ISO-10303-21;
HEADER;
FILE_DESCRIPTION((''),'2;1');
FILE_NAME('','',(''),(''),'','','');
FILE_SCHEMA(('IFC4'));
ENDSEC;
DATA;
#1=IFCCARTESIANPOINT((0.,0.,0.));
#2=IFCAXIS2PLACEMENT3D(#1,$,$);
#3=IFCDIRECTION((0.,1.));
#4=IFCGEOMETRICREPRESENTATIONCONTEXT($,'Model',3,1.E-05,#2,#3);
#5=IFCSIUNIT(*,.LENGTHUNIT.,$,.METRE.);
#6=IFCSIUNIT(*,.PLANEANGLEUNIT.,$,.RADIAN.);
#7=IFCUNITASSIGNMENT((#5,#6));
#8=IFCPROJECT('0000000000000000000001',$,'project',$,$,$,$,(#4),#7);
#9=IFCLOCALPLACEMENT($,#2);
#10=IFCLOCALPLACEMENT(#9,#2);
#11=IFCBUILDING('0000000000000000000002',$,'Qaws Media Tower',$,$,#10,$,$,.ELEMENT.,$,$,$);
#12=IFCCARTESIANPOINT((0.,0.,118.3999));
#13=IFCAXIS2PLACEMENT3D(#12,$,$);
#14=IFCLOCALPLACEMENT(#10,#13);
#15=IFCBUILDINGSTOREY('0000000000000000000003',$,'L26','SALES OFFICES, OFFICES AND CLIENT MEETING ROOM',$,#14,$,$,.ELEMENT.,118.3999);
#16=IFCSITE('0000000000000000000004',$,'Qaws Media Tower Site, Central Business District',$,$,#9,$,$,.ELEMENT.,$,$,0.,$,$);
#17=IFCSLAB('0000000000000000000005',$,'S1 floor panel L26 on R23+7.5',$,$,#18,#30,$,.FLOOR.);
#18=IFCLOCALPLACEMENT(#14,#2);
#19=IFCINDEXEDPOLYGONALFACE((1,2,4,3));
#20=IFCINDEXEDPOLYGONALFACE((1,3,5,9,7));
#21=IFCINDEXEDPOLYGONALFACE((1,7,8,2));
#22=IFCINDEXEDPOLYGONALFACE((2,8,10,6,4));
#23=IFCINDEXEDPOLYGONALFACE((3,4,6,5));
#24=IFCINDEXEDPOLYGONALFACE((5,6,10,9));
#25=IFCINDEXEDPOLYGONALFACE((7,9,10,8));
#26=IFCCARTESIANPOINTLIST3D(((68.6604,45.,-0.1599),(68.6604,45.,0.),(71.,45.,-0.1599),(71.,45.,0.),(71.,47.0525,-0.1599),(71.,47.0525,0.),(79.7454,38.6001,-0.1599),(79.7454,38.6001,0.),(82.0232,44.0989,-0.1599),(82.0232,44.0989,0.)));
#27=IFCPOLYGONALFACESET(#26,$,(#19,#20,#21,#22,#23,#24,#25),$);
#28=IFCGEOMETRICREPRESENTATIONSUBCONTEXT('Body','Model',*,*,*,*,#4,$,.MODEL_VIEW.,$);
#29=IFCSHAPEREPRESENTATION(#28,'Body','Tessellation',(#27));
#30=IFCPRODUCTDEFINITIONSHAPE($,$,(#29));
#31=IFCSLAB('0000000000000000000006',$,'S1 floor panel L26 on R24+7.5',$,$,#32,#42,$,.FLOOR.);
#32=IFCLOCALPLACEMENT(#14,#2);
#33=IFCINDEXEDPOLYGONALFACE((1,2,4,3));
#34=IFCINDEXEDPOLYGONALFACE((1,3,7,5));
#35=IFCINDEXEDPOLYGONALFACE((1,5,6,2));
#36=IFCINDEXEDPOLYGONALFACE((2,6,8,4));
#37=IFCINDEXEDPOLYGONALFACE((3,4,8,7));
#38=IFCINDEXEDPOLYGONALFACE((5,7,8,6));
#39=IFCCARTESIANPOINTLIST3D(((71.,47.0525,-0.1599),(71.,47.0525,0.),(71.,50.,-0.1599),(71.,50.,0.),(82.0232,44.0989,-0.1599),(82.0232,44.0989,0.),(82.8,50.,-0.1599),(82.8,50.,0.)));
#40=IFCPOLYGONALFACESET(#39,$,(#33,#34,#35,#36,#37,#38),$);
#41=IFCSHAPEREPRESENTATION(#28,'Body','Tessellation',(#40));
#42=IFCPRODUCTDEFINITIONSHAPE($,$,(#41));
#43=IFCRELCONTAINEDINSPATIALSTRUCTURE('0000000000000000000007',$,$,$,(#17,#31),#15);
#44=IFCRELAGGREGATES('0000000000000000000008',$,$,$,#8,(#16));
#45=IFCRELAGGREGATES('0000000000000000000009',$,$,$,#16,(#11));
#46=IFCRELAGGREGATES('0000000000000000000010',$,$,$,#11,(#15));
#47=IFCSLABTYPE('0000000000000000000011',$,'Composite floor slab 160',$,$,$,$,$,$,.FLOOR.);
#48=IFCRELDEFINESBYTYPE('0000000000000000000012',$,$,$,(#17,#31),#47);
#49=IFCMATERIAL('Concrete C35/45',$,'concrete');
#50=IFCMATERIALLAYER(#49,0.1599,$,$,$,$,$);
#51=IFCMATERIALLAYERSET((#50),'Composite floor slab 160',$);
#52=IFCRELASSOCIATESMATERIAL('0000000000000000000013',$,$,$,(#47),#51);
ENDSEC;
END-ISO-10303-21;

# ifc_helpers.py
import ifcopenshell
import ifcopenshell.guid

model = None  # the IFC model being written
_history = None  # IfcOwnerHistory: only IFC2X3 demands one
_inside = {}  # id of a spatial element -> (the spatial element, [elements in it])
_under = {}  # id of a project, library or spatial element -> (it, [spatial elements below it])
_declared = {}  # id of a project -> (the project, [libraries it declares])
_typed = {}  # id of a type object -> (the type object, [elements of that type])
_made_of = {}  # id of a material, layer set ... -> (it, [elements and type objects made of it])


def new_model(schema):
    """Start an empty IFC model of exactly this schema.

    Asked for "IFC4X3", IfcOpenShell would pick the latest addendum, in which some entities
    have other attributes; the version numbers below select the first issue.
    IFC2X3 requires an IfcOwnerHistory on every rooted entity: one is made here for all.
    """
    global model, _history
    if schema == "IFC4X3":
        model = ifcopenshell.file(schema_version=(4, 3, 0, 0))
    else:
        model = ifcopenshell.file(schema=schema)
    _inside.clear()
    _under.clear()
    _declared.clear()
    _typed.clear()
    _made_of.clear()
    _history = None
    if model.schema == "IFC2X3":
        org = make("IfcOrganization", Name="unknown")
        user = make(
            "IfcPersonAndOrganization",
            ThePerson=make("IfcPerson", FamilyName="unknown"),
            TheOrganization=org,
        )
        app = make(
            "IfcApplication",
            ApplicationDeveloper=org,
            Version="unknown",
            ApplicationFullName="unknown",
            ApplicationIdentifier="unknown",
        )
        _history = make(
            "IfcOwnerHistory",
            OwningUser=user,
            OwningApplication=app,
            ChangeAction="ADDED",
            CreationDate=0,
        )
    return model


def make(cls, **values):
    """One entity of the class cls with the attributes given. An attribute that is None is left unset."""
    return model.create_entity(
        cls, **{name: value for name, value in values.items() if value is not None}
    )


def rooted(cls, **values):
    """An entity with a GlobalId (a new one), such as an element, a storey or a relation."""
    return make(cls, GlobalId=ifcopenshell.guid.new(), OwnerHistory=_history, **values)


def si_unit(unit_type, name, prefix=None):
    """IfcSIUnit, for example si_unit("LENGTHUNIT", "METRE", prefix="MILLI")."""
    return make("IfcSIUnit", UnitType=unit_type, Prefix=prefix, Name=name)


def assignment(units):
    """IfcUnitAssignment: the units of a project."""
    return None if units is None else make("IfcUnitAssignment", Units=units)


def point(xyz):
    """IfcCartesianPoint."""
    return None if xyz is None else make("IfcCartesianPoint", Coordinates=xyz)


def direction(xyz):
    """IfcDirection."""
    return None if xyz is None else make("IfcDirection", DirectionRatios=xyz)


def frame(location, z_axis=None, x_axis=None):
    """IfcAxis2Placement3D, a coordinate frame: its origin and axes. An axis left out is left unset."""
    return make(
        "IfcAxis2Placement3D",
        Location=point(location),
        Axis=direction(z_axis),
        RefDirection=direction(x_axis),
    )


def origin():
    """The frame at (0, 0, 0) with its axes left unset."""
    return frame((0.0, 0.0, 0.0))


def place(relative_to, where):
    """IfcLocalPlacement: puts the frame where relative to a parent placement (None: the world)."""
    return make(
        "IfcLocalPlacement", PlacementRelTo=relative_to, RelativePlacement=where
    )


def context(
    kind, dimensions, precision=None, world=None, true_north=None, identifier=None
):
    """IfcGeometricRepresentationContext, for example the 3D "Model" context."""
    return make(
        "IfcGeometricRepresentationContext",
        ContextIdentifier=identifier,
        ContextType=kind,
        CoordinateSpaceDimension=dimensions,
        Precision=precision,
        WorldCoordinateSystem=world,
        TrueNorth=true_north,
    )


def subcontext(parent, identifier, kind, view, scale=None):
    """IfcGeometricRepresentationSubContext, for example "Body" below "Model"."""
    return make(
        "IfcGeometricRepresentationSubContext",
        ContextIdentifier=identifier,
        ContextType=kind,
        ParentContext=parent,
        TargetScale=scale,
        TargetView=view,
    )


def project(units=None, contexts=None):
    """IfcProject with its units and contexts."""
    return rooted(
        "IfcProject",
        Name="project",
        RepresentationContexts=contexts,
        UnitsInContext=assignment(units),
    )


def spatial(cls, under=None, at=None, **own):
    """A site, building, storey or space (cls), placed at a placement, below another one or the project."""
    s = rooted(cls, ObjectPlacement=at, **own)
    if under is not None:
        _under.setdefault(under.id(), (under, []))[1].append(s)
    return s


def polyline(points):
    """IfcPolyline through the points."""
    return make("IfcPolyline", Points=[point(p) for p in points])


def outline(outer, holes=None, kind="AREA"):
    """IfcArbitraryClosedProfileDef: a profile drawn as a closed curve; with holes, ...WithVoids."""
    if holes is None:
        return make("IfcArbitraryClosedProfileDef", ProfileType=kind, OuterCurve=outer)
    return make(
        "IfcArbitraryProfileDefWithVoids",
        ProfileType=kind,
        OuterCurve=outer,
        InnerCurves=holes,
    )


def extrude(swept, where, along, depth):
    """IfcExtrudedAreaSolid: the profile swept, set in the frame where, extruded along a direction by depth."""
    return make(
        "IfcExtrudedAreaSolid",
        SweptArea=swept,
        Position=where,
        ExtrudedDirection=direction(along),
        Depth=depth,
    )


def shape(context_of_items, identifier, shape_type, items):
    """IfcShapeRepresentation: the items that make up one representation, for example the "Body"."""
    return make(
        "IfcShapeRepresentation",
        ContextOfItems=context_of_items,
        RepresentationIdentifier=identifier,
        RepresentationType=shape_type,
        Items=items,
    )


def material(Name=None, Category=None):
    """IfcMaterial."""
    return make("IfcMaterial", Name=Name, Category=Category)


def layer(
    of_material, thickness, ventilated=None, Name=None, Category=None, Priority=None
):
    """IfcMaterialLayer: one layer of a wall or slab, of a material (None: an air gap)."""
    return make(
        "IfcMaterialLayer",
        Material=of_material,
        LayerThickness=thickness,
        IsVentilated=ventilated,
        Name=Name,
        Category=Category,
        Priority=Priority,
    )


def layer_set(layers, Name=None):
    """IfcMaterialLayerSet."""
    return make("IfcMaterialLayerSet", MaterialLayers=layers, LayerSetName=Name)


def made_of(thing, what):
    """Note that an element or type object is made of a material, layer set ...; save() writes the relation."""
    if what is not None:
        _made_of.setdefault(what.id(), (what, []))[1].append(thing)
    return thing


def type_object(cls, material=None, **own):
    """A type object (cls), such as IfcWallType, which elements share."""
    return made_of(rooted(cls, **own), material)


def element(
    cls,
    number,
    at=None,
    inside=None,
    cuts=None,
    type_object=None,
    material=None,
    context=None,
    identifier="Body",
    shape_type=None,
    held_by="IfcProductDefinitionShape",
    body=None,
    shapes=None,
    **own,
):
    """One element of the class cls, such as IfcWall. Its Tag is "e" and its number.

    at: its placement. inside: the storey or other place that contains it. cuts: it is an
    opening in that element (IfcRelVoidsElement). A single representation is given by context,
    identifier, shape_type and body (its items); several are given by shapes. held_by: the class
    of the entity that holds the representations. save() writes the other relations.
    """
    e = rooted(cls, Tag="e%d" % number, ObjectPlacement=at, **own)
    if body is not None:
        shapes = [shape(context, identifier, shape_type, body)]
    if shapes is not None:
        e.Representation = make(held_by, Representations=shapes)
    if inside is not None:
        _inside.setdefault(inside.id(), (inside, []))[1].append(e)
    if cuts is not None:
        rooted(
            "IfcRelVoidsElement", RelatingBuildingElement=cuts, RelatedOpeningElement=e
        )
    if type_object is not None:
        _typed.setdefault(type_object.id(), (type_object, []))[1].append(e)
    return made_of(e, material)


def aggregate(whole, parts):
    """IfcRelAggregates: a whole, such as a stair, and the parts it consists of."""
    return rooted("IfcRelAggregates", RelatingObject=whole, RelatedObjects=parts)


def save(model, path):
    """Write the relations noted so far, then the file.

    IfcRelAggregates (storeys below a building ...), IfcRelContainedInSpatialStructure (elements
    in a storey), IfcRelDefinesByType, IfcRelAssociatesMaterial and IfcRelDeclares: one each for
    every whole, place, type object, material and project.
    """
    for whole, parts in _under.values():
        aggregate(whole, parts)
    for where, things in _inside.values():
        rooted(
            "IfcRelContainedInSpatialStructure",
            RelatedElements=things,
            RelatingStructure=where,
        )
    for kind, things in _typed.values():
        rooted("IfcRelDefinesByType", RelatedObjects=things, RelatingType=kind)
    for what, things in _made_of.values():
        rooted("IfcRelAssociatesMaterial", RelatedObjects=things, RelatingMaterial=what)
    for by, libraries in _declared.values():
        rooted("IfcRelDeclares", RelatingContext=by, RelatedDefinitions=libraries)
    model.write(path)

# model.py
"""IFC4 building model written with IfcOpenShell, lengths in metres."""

from ifc_helpers import new_model, si_unit, direction, frame, origin, place, context, subcontext, project, spatial, polyline, outline, extrude, material, layer, layer_set, type_object, element, save


model = new_model("IFC4")

# Units and contexts
model_context = context("Model", 3, precision=1e-05, world=origin(), true_north=direction((0.0, 1.0)))
body_context = subcontext(model_context, "Body", "Model", "MODEL_VIEW")
ifc_project = project(units=[si_unit("LENGTHUNIT", "METRE"), si_unit("PLANEANGLEUNIT", "RADIAN")], contexts=[model_context])

# Site, building, storey
site_placement = place(None, origin())
site = spatial("IfcSite", under=ifc_project, at=site_placement, Name="Qaws Media Tower Site, Central Business District", CompositionType="ELEMENT", RefElevation=0.0)
building_placement = place(site_placement, origin())
building = spatial("IfcBuilding", under=site, at=building_placement, Name="Qaws Media Tower", CompositionType="ELEMENT")
storey_placement = place(building_placement, frame((0.0, 0.0, 118.3999)))
storey = spatial("IfcBuildingStorey", under=building, at=storey_placement, Name="L26", Description="SALES OFFICES, OFFICES AND CLIENT MEETING ROOM", CompositionType="ELEMENT", Elevation=118.3999)

# Slabs
ifc_material_1 = material(Name="Concrete C35/45", Category="concrete")
ifc_layer_1 = layer(ifc_material_1, 0.1599)
ifc_layer_set_1 = layer_set([ifc_layer_1], Name="Composite floor slab 160")
slab_type_1 = type_object("IfcSlabType", Name="Composite floor slab 160", PredefinedType="FLOOR", material=ifc_layer_set_1)
slab_1_placement = place(storey_placement, frame((0.0, 0.0, -0.1599)))
element("IfcSlab", 1, at=slab_1_placement, inside=storey, type_object=slab_type_1, Name="S1 floor panel L26 on R23+7.5", PredefinedType="FLOOR", context=body_context, shape_type="SweptSolid", body=[
    extrude(outline(polyline([(79.7454, 38.6001), (68.6604, 45.0), (71.0, 45.0), (71.0, 47.0525), (82.0232, 44.0989), (79.7454, 38.6001)])), origin(), (0.0, 0.0, 1.0), 0.1599),
])
slab_2_placement = place(storey_placement, frame((0.0, 0.0, -0.1599)))
element("IfcSlab", 2, at=slab_2_placement, inside=storey, type_object=slab_type_1, Name="S1 floor panel L26 on R24+7.5", PredefinedType="FLOOR", context=body_context, shape_type="SweptSolid", body=[
    extrude(outline(polyline([(82.0232, 44.0989), (71.0, 47.0525), (71.0, 50.0), (82.8, 50.0), (82.0232, 44.0989)])), origin(), (0.0, 0.0, 1.0), 0.1599),
])

save(model, "model.ifc")
